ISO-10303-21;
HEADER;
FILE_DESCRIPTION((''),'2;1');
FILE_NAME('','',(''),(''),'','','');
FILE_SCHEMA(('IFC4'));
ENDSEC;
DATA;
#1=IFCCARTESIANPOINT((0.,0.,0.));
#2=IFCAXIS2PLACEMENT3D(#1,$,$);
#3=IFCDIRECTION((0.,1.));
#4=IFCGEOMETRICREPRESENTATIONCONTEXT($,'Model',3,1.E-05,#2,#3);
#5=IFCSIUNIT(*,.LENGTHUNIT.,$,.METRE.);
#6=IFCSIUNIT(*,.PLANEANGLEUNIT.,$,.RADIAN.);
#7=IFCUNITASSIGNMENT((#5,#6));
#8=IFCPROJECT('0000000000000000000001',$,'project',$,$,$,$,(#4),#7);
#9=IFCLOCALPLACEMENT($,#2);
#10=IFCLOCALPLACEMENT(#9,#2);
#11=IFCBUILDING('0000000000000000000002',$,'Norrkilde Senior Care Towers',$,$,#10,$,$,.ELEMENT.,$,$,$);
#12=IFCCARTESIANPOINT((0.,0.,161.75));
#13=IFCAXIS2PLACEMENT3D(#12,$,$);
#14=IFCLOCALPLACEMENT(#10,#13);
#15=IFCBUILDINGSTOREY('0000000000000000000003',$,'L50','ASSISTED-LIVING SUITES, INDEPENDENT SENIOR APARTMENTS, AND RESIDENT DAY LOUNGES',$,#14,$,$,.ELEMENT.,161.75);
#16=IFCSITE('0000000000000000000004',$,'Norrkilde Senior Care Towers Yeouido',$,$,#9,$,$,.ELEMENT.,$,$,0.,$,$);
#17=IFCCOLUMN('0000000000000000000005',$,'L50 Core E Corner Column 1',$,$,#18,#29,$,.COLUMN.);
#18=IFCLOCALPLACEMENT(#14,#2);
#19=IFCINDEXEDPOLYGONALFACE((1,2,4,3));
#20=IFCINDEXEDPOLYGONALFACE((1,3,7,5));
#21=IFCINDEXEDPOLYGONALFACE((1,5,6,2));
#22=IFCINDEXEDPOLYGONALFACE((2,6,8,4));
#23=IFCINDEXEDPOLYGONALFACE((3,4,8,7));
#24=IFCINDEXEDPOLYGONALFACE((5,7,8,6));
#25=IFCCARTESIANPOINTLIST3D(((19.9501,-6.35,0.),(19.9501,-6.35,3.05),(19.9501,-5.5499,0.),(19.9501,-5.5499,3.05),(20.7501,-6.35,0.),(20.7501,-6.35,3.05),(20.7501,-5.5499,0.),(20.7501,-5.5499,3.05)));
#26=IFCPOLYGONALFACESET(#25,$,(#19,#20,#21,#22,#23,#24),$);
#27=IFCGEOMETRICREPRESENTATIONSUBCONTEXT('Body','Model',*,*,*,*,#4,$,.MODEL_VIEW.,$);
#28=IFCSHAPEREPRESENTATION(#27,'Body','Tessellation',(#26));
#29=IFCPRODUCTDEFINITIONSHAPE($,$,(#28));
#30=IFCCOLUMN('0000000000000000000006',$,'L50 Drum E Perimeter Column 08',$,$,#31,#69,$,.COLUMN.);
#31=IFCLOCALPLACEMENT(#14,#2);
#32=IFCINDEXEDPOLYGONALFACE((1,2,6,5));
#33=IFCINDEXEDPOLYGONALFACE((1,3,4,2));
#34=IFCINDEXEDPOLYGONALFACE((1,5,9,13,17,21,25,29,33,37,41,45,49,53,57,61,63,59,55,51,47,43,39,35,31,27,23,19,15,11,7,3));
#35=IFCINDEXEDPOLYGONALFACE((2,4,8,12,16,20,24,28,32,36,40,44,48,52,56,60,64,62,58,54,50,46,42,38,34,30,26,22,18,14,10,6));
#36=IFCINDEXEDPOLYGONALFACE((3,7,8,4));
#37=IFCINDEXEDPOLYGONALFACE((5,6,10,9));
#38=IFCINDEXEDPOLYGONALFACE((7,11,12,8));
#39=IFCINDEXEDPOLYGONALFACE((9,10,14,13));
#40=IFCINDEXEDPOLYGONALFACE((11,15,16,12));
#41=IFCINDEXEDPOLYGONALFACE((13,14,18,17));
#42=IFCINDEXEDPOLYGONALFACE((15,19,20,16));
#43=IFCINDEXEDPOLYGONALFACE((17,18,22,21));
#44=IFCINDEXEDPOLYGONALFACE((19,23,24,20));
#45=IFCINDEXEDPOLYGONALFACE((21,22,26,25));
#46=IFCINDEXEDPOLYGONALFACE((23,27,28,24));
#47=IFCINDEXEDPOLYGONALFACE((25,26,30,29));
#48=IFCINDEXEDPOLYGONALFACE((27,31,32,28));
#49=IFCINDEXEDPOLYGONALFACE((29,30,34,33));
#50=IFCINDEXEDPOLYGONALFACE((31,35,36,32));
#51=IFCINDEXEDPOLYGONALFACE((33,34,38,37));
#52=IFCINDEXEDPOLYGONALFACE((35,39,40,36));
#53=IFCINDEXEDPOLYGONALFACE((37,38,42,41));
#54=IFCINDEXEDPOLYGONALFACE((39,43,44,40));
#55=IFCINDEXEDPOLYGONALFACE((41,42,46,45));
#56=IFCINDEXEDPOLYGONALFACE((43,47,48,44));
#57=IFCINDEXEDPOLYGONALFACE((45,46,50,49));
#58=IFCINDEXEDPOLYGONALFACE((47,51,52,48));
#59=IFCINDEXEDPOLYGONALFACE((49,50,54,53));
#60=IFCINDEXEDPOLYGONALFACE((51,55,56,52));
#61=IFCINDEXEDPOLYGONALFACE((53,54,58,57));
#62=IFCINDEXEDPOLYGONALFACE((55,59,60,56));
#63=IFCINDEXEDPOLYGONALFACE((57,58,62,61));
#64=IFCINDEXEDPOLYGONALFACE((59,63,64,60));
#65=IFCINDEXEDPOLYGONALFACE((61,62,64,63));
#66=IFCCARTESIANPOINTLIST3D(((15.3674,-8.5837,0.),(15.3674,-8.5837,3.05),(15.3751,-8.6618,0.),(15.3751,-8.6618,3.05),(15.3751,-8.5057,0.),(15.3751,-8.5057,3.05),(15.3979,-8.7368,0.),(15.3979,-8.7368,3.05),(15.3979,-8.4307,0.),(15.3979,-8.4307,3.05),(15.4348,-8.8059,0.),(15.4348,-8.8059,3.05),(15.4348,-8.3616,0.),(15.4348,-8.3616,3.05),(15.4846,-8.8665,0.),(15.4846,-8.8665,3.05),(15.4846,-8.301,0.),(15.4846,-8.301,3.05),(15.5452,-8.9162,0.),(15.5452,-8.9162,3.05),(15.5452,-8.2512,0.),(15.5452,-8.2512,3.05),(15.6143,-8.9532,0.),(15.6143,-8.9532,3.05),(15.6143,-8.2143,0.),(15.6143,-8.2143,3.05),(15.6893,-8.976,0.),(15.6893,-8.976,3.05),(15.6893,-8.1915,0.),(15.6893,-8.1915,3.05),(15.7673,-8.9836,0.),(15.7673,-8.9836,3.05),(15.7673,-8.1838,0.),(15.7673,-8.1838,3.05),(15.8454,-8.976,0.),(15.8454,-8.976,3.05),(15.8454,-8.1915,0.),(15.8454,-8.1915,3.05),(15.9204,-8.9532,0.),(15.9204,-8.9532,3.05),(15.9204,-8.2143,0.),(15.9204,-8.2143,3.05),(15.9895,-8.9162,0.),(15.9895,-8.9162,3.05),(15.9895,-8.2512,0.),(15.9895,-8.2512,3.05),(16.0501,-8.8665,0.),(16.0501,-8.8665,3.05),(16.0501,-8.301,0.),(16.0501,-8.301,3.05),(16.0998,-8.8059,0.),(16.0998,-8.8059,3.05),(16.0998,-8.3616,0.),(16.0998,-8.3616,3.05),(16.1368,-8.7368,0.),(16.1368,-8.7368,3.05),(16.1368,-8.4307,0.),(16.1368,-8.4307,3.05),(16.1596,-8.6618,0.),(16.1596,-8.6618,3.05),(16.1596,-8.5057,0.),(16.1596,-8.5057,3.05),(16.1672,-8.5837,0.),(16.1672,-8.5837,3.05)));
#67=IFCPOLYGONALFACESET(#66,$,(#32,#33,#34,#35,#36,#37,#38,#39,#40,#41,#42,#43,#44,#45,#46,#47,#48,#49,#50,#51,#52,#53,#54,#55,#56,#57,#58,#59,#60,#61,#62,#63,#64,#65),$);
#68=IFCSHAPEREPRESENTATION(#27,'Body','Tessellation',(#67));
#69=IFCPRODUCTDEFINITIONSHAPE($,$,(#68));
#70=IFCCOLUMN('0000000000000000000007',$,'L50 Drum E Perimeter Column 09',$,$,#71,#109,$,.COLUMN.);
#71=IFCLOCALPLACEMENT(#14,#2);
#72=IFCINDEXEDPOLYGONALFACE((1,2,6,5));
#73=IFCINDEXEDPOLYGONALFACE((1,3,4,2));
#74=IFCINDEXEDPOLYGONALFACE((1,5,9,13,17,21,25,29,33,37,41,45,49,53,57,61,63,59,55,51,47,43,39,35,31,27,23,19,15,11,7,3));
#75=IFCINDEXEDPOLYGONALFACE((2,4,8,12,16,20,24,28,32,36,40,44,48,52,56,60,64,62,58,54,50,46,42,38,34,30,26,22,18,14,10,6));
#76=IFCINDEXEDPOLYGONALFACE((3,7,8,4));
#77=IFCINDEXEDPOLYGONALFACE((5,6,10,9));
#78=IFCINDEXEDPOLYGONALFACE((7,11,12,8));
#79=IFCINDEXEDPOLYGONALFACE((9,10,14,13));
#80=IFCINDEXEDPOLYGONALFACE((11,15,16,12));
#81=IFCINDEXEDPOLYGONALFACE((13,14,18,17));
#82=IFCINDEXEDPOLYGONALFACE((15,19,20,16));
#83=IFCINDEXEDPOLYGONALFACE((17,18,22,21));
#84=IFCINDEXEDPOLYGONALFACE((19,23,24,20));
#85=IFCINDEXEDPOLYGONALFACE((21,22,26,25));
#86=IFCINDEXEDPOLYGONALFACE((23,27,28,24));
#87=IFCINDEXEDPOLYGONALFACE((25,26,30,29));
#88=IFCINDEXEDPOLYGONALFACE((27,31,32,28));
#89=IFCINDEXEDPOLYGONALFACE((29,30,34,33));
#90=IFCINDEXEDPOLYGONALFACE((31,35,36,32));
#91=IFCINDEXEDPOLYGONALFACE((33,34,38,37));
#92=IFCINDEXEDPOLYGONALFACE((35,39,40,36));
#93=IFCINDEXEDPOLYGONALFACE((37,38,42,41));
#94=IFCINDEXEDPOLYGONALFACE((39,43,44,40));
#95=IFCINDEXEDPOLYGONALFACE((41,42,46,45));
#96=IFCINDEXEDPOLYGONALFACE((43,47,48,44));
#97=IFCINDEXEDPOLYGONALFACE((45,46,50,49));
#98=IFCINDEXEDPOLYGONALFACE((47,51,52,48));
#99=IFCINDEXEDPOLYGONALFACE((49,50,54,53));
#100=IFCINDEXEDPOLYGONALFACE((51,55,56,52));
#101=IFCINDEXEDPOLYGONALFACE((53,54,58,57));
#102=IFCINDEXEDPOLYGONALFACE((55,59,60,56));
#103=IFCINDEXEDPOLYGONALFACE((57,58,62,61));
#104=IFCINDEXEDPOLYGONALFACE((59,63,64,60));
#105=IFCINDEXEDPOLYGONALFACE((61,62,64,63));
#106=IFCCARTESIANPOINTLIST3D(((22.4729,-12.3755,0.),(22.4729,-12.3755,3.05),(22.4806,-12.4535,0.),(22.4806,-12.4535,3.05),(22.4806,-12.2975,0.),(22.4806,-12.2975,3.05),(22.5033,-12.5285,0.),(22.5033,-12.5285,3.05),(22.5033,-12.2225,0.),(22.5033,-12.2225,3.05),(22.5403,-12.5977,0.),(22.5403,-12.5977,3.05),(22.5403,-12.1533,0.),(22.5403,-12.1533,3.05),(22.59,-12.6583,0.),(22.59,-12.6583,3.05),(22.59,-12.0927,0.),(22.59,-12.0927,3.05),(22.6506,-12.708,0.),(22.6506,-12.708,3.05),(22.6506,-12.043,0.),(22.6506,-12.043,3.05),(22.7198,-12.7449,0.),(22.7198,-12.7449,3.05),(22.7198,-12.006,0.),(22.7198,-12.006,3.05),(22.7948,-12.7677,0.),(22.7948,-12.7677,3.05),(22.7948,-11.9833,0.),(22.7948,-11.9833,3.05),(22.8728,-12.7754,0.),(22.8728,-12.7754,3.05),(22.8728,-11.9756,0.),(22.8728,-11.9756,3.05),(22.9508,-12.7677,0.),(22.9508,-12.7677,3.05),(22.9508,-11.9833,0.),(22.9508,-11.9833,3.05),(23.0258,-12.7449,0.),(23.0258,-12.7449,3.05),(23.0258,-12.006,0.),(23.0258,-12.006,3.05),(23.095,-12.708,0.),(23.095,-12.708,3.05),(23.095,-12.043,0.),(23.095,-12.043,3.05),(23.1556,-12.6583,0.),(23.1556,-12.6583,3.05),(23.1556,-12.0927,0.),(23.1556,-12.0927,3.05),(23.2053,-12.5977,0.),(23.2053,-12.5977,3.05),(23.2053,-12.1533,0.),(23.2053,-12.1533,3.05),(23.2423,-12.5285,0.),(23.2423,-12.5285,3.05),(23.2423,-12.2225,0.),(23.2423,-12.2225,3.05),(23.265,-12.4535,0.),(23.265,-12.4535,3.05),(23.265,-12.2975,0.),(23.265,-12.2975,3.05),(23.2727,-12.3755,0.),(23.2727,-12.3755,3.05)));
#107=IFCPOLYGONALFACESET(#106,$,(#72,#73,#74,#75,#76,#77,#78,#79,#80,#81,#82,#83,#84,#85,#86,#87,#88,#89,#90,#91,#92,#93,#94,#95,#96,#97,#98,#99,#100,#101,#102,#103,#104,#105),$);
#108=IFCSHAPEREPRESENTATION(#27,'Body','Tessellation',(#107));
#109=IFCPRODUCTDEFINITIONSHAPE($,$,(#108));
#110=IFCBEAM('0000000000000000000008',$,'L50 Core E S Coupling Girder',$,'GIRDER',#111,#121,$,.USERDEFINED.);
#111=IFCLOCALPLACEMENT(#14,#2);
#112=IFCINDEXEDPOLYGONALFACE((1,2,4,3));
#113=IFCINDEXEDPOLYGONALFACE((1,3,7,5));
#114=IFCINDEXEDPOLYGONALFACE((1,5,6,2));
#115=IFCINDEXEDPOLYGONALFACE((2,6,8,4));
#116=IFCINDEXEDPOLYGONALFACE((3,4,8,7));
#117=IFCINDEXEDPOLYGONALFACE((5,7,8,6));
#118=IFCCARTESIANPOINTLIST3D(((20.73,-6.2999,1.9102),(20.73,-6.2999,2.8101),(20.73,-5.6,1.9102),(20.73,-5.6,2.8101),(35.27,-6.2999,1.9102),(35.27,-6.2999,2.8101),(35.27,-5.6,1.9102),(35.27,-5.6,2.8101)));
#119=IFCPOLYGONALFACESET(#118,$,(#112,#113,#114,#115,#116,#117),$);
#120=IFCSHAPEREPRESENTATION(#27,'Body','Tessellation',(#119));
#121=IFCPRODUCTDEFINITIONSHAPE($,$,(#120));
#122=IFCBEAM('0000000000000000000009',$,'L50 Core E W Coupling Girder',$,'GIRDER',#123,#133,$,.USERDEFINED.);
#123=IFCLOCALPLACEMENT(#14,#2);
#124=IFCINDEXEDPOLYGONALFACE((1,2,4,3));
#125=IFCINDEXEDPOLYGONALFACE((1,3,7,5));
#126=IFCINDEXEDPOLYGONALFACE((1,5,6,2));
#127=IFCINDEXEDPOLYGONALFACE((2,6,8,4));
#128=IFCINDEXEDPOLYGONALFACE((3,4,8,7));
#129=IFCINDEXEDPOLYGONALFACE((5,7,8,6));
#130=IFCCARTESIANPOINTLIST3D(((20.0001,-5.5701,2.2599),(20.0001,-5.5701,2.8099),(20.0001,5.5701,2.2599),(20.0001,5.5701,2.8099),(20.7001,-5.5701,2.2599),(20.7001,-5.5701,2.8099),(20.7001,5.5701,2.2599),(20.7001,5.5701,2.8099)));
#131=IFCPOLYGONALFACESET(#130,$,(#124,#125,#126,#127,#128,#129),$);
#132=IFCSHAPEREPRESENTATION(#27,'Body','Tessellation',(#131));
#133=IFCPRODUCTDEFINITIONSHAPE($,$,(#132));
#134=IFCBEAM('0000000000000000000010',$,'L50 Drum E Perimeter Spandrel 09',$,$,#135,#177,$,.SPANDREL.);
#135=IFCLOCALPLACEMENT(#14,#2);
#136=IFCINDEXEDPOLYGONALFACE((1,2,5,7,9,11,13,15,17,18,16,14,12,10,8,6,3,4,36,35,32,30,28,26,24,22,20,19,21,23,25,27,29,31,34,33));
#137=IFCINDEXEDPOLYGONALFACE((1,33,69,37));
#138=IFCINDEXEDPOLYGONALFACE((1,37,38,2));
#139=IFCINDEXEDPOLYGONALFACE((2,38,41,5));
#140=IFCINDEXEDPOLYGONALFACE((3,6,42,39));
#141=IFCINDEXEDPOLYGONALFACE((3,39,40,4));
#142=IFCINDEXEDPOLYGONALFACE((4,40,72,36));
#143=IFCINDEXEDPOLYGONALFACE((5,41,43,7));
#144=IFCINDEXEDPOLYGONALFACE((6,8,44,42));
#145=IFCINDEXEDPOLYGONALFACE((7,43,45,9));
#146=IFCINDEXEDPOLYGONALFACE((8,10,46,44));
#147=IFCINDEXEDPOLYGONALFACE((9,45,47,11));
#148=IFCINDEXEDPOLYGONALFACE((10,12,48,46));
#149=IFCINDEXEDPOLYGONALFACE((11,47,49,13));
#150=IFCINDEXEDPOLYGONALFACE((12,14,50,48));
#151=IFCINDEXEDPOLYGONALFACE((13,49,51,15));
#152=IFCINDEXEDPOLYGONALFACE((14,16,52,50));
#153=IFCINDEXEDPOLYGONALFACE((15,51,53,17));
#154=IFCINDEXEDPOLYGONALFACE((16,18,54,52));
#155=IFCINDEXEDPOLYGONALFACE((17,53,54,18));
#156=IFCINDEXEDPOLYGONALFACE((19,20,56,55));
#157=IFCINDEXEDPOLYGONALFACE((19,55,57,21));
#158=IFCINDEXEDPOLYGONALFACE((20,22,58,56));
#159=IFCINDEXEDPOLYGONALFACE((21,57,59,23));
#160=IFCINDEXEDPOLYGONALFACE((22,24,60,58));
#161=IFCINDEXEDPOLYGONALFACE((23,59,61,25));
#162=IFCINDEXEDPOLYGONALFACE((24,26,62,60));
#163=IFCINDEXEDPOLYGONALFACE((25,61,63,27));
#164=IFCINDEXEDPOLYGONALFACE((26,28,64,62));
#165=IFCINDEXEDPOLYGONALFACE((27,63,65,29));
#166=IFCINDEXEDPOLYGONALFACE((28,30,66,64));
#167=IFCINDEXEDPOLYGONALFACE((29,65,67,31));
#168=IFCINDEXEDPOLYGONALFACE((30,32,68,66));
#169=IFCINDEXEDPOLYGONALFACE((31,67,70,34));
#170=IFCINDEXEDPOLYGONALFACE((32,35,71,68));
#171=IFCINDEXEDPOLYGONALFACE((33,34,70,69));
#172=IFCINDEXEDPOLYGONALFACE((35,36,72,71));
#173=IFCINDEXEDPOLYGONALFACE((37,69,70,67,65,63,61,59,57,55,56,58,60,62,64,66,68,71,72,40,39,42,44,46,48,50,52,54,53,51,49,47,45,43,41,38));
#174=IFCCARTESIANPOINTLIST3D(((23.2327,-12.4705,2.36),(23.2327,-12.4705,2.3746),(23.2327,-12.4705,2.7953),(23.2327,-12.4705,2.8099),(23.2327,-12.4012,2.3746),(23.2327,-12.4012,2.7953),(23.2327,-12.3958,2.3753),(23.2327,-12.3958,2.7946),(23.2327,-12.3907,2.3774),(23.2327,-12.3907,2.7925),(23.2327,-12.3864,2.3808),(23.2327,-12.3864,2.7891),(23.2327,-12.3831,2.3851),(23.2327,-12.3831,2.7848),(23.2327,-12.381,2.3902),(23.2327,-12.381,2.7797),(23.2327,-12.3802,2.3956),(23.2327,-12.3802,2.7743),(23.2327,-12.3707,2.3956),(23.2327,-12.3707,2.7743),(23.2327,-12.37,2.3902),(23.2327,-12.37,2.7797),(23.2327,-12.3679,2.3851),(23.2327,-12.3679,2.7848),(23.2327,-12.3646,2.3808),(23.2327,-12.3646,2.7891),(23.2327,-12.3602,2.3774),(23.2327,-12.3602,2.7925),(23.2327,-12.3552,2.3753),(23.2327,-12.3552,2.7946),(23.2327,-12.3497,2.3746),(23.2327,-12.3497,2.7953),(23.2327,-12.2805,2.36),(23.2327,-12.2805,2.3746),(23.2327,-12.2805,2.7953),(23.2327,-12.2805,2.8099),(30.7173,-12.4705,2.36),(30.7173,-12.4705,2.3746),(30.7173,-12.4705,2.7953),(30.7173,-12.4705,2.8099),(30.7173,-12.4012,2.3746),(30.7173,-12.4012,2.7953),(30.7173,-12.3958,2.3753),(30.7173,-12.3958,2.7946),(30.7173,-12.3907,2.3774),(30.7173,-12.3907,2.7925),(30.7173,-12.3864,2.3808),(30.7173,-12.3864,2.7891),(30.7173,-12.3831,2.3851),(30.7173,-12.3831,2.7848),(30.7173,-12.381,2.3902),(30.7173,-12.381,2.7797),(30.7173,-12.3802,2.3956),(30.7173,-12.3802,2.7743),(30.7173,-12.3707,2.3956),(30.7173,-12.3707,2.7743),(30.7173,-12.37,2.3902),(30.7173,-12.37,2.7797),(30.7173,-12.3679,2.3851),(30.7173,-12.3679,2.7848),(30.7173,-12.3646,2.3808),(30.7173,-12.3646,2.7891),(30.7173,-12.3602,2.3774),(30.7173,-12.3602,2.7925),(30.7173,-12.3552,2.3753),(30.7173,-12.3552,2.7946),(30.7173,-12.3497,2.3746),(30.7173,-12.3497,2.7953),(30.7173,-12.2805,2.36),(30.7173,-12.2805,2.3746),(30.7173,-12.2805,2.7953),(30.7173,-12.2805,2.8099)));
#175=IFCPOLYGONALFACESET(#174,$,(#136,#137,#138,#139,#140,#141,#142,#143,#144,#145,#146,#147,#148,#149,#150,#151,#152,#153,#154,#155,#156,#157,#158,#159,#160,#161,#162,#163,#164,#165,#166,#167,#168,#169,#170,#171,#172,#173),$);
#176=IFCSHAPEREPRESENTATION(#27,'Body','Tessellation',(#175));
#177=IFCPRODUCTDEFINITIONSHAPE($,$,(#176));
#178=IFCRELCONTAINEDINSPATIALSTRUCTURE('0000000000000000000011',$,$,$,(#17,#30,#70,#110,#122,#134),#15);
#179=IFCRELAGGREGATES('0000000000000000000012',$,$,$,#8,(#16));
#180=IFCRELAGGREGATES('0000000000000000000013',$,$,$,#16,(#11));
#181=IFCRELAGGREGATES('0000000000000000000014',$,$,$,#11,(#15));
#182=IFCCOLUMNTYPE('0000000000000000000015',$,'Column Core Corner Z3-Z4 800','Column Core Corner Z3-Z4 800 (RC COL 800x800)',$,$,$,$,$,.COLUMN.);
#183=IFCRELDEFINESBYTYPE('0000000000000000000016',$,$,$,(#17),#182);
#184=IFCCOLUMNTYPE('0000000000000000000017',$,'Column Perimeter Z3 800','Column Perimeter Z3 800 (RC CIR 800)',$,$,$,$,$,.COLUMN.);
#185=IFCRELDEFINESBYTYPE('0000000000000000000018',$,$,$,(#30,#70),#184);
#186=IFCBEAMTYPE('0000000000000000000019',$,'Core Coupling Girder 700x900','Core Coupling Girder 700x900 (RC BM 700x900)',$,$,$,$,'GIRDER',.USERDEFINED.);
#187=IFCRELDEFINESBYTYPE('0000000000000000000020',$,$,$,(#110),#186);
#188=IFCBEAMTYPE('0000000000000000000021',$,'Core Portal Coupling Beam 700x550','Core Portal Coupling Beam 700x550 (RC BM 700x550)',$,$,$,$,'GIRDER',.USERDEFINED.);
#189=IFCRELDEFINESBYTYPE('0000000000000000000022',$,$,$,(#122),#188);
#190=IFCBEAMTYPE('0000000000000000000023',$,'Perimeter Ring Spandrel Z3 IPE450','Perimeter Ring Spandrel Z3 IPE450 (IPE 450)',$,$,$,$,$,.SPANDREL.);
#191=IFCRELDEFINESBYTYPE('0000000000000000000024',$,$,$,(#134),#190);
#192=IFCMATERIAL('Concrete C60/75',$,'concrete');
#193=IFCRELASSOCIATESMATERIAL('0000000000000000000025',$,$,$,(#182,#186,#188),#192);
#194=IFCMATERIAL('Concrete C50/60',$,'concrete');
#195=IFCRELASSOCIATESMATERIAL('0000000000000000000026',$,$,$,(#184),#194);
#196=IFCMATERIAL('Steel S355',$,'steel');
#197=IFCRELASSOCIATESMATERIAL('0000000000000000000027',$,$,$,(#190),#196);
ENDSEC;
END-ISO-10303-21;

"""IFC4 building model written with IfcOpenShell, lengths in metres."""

from ifc_helpers import new_model, si_unit, direction, frame, origin, origin_2d, place, context, subcontext, project, spatial, rectangle, circle, i_section, extrude, source, transform, mapped, material, material_profile, profile_set, type_object, type_shapes, element, save


model = new_model("IFC4")

# Units and contexts
model_context = context("Model", 3, precision=1e-05, world=origin(), true_north=direction((0.0, 1.0)))
body_context = subcontext(model_context, "Body", "Model", "MODEL_VIEW")
ifc_project = project(units=[si_unit("LENGTHUNIT", "METRE"), si_unit("PLANEANGLEUNIT", "RADIAN")], contexts=[model_context])

# Site, building, storey
site_placement = place(None, origin())
site = spatial("IfcSite", under=ifc_project, at=site_placement, Name="Norrkilde Senior Care Towers Yeouido", CompositionType="ELEMENT", RefElevation=0.0)
building_placement = place(site_placement, origin())
building = spatial("IfcBuilding", under=site, at=building_placement, Name="Norrkilde Senior Care Towers", CompositionType="ELEMENT")
storey_placement = place(building_placement, frame((0.0, 0.0, 161.75)))
storey = spatial("IfcBuildingStorey", under=building, at=storey_placement, Name="L50", Description="ASSISTED-LIVING SUITES, INDEPENDENT SENIOR APARTMENTS, AND RESIDENT DAY LOUNGES", CompositionType="ELEMENT", Elevation=161.75)

# Columns
ifc_material_1 = material(Name="Concrete C60/75", Category="concrete")
ifc_material_profile_1 = material_profile(ifc_material_1, rectangle(XDim=0.8, YDim=0.8, at=origin_2d()), Name="RC COL 800x800")
ifc_profile_set_1 = profile_set([ifc_material_profile_1], Name="Concrete C60/75")
column_type_1 = type_object("IfcColumnType", Name="Column Core Corner Z3-Z4 800", Description="Column Core Corner Z3-Z4 800 (RC COL 800x800)", PredefinedType="COLUMN", material=ifc_profile_set_1)
shared_shape_1 = source(origin(), body_context, "Body", "SweptSolid", [
    extrude(rectangle(XDim=0.8, YDim=0.8, at=origin_2d()), origin(), (0.0, 0.0, 1.0), 3.05),
])
type_shapes(column_type_1, [shared_shape_1])
column_placement = place(storey_placement, frame((20.3501, -5.95, 0.0), z_axis=(0.0, 0.0, 1.0), x_axis=(1.0, 0.0, 0.0)))
element("IfcColumn", 1, at=column_placement, inside=storey, type_object=column_type_1, Name="L50 Core E Corner Column 1", PredefinedType="COLUMN", context=body_context, shape_type="MappedRepresentation", body=[
    mapped(shared_shape_1, transform((0.0, 0.0, 0.0), x_axis=(1.0, 0.0, 0.0), y_axis=(0.0, 1.0, 0.0), z_axis=(0.0, 0.0, 1.0), scale=1.0)),
])
ifc_material_2 = material(Name="Concrete C50/60", Category="concrete")
ifc_material_profile_2 = material_profile(ifc_material_2, circle(Radius=0.3999, at=origin_2d()), Name="RC CIR 800")
ifc_profile_set_2 = profile_set([ifc_material_profile_2], Name="Concrete C50/60")
column_type_2 = type_object("IfcColumnType", Name="Column Perimeter Z3 800", Description="Column Perimeter Z3 800 (RC CIR 800)", PredefinedType="COLUMN", material=ifc_profile_set_2)
shared_shape_2 = source(origin(), body_context, "Body", "SweptSolid", [
    extrude(circle(Radius=0.3999, at=origin_2d()), origin(), (0.0, 0.0, 1.0), 3.05),
])
type_shapes(column_type_2, [shared_shape_2])
for number, where, z_axis, x_axis, name in (
    (2, (15.7673, -8.5837, 0.0), (0.0, 0.0, 1.0), (1.0, 0.0, 0.0), "L50 Drum E Perimeter Column 08"),
    (3, (22.8728, -12.3755, 0.0), (0.0, 0.0, 1.0), (1.0, 0.0, 0.0), "L50 Drum E Perimeter Column 09"),
):
    element("IfcColumn", number, at=place(storey_placement, frame(where, z_axis=z_axis, x_axis=x_axis)), inside=storey, type_object=column_type_2, Name=name, PredefinedType="COLUMN", context=body_context, shape_type="MappedRepresentation", body=[
        mapped(shared_shape_2, transform((0.0, 0.0, 0.0), x_axis=(1.0, 0.0, 0.0), y_axis=(0.0, 1.0, 0.0), z_axis=(0.0, 0.0, 1.0), scale=1.0)),
    ])

# Beams
ifc_material_profile_3 = material_profile(ifc_material_1, rectangle(XDim=0.7, YDim=0.8999, at=origin_2d()), Name="RC BM 700x900")
ifc_profile_set_3 = profile_set([ifc_material_profile_3], Name="Concrete C60/75")
beam_type_1 = type_object("IfcBeamType", Name="Core Coupling Girder 700x900", Description="Core Coupling Girder 700x900 (RC BM 700x900)", ElementType="GIRDER", PredefinedType="USERDEFINED", material=ifc_profile_set_3)
shared_shape_3 = source(origin(), body_context, "Body", "SweptSolid", [
    extrude(rectangle(XDim=0.7, YDim=0.8999, at=origin_2d()), origin(), (0.0, 0.0, 1.0), 14.54),
])
type_shapes(beam_type_1, [shared_shape_3])
beam_1_placement = place(storey_placement, frame((20.73, -5.95, 2.3601), z_axis=(1.0, 0.0, 0.0), x_axis=(0.0, 1.0, 0.0)))
element("IfcBeam", 4, at=beam_1_placement, inside=storey, type_object=beam_type_1, Name="L50 Core E S Coupling Girder", ObjectType="GIRDER", PredefinedType="USERDEFINED", context=body_context, shape_type="MappedRepresentation", body=[
    mapped(shared_shape_3, transform((0.0, 0.0, 0.0), x_axis=(1.0, 0.0, 0.0), y_axis=(0.0, 1.0, 0.0), z_axis=(0.0, 0.0, 1.0), scale=1.0)),
])
ifc_material_profile_4 = material_profile(ifc_material_1, rectangle(XDim=0.7, YDim=0.55, at=origin_2d()), Name="RC BM 700x550")
ifc_profile_set_4 = profile_set([ifc_material_profile_4], Name="Concrete C60/75")
beam_type_2 = type_object("IfcBeamType", Name="Core Portal Coupling Beam 700x550", Description="Core Portal Coupling Beam 700x550 (RC BM 700x550)", ElementType="GIRDER", PredefinedType="USERDEFINED", material=ifc_profile_set_4)
shared_shape_4 = source(origin(), body_context, "Body", "SweptSolid", [
    extrude(rectangle(XDim=0.7, YDim=0.55, at=origin_2d()), origin(), (0.0, 0.0, 1.0), 11.1401),
])
type_shapes(beam_type_2, [shared_shape_4])
beam_2_placement = place(storey_placement, frame((20.3501, -5.5701, 2.5349), z_axis=(0.0, 1.0, 0.0), x_axis=(-1.0, 0.0, 0.0)))
element("IfcBeam", 5, at=beam_2_placement, inside=storey, type_object=beam_type_2, Name="L50 Core E W Coupling Girder", ObjectType="GIRDER", PredefinedType="USERDEFINED", context=body_context, shape_type="MappedRepresentation", body=[
    mapped(shared_shape_4, transform((0.0, 0.0, 0.0), x_axis=(1.0, 0.0, 0.0), y_axis=(0.0, 1.0, 0.0), z_axis=(0.0, 0.0, 1.0), scale=1.0)),
])
ifc_material_3 = material(Name="Steel S355", Category="steel")
ifc_material_profile_5 = material_profile(ifc_material_3, i_section(OverallWidth=0.1899, OverallDepth=0.45, WebThickness=0.0095, FlangeThickness=0.0146, FilletRadius=0.021, at=origin_2d()), Name="IPE 450")
ifc_profile_set_5 = profile_set([ifc_material_profile_5], Name="Steel S355")
beam_type_3 = type_object("IfcBeamType", Name="Perimeter Ring Spandrel Z3 IPE450", Description="Perimeter Ring Spandrel Z3 IPE450 (IPE 450)", PredefinedType="SPANDREL", material=ifc_profile_set_5)
shared_shape_5 = source(origin(), body_context, "Body", "SweptSolid", [
    extrude(i_section(OverallWidth=0.1899, OverallDepth=0.45, WebThickness=0.0095, FlangeThickness=0.0146, FilletRadius=0.021, at=origin_2d()), origin(), (0.0, 0.0, 1.0), 7.4846),
])
beam_3_placement = place(storey_placement, frame((23.2327, -12.3755, 2.585), z_axis=(1.0, 0.0, 0.0), x_axis=(0.0, 1.0, 0.0)))
element("IfcBeam", 6, at=beam_3_placement, inside=storey, type_object=beam_type_3, Name="L50 Drum E Perimeter Spandrel 09", PredefinedType="SPANDREL", context=body_context, shape_type="MappedRepresentation", body=[
    mapped(shared_shape_5, transform((0.0, 0.0, 0.0), x_axis=(1.0, 0.0, 0.0), y_axis=(0.0, 1.0, 0.0), z_axis=(0.0, 0.0, 1.0), scale=1.0)),
])

save(model, "model.ifc")
